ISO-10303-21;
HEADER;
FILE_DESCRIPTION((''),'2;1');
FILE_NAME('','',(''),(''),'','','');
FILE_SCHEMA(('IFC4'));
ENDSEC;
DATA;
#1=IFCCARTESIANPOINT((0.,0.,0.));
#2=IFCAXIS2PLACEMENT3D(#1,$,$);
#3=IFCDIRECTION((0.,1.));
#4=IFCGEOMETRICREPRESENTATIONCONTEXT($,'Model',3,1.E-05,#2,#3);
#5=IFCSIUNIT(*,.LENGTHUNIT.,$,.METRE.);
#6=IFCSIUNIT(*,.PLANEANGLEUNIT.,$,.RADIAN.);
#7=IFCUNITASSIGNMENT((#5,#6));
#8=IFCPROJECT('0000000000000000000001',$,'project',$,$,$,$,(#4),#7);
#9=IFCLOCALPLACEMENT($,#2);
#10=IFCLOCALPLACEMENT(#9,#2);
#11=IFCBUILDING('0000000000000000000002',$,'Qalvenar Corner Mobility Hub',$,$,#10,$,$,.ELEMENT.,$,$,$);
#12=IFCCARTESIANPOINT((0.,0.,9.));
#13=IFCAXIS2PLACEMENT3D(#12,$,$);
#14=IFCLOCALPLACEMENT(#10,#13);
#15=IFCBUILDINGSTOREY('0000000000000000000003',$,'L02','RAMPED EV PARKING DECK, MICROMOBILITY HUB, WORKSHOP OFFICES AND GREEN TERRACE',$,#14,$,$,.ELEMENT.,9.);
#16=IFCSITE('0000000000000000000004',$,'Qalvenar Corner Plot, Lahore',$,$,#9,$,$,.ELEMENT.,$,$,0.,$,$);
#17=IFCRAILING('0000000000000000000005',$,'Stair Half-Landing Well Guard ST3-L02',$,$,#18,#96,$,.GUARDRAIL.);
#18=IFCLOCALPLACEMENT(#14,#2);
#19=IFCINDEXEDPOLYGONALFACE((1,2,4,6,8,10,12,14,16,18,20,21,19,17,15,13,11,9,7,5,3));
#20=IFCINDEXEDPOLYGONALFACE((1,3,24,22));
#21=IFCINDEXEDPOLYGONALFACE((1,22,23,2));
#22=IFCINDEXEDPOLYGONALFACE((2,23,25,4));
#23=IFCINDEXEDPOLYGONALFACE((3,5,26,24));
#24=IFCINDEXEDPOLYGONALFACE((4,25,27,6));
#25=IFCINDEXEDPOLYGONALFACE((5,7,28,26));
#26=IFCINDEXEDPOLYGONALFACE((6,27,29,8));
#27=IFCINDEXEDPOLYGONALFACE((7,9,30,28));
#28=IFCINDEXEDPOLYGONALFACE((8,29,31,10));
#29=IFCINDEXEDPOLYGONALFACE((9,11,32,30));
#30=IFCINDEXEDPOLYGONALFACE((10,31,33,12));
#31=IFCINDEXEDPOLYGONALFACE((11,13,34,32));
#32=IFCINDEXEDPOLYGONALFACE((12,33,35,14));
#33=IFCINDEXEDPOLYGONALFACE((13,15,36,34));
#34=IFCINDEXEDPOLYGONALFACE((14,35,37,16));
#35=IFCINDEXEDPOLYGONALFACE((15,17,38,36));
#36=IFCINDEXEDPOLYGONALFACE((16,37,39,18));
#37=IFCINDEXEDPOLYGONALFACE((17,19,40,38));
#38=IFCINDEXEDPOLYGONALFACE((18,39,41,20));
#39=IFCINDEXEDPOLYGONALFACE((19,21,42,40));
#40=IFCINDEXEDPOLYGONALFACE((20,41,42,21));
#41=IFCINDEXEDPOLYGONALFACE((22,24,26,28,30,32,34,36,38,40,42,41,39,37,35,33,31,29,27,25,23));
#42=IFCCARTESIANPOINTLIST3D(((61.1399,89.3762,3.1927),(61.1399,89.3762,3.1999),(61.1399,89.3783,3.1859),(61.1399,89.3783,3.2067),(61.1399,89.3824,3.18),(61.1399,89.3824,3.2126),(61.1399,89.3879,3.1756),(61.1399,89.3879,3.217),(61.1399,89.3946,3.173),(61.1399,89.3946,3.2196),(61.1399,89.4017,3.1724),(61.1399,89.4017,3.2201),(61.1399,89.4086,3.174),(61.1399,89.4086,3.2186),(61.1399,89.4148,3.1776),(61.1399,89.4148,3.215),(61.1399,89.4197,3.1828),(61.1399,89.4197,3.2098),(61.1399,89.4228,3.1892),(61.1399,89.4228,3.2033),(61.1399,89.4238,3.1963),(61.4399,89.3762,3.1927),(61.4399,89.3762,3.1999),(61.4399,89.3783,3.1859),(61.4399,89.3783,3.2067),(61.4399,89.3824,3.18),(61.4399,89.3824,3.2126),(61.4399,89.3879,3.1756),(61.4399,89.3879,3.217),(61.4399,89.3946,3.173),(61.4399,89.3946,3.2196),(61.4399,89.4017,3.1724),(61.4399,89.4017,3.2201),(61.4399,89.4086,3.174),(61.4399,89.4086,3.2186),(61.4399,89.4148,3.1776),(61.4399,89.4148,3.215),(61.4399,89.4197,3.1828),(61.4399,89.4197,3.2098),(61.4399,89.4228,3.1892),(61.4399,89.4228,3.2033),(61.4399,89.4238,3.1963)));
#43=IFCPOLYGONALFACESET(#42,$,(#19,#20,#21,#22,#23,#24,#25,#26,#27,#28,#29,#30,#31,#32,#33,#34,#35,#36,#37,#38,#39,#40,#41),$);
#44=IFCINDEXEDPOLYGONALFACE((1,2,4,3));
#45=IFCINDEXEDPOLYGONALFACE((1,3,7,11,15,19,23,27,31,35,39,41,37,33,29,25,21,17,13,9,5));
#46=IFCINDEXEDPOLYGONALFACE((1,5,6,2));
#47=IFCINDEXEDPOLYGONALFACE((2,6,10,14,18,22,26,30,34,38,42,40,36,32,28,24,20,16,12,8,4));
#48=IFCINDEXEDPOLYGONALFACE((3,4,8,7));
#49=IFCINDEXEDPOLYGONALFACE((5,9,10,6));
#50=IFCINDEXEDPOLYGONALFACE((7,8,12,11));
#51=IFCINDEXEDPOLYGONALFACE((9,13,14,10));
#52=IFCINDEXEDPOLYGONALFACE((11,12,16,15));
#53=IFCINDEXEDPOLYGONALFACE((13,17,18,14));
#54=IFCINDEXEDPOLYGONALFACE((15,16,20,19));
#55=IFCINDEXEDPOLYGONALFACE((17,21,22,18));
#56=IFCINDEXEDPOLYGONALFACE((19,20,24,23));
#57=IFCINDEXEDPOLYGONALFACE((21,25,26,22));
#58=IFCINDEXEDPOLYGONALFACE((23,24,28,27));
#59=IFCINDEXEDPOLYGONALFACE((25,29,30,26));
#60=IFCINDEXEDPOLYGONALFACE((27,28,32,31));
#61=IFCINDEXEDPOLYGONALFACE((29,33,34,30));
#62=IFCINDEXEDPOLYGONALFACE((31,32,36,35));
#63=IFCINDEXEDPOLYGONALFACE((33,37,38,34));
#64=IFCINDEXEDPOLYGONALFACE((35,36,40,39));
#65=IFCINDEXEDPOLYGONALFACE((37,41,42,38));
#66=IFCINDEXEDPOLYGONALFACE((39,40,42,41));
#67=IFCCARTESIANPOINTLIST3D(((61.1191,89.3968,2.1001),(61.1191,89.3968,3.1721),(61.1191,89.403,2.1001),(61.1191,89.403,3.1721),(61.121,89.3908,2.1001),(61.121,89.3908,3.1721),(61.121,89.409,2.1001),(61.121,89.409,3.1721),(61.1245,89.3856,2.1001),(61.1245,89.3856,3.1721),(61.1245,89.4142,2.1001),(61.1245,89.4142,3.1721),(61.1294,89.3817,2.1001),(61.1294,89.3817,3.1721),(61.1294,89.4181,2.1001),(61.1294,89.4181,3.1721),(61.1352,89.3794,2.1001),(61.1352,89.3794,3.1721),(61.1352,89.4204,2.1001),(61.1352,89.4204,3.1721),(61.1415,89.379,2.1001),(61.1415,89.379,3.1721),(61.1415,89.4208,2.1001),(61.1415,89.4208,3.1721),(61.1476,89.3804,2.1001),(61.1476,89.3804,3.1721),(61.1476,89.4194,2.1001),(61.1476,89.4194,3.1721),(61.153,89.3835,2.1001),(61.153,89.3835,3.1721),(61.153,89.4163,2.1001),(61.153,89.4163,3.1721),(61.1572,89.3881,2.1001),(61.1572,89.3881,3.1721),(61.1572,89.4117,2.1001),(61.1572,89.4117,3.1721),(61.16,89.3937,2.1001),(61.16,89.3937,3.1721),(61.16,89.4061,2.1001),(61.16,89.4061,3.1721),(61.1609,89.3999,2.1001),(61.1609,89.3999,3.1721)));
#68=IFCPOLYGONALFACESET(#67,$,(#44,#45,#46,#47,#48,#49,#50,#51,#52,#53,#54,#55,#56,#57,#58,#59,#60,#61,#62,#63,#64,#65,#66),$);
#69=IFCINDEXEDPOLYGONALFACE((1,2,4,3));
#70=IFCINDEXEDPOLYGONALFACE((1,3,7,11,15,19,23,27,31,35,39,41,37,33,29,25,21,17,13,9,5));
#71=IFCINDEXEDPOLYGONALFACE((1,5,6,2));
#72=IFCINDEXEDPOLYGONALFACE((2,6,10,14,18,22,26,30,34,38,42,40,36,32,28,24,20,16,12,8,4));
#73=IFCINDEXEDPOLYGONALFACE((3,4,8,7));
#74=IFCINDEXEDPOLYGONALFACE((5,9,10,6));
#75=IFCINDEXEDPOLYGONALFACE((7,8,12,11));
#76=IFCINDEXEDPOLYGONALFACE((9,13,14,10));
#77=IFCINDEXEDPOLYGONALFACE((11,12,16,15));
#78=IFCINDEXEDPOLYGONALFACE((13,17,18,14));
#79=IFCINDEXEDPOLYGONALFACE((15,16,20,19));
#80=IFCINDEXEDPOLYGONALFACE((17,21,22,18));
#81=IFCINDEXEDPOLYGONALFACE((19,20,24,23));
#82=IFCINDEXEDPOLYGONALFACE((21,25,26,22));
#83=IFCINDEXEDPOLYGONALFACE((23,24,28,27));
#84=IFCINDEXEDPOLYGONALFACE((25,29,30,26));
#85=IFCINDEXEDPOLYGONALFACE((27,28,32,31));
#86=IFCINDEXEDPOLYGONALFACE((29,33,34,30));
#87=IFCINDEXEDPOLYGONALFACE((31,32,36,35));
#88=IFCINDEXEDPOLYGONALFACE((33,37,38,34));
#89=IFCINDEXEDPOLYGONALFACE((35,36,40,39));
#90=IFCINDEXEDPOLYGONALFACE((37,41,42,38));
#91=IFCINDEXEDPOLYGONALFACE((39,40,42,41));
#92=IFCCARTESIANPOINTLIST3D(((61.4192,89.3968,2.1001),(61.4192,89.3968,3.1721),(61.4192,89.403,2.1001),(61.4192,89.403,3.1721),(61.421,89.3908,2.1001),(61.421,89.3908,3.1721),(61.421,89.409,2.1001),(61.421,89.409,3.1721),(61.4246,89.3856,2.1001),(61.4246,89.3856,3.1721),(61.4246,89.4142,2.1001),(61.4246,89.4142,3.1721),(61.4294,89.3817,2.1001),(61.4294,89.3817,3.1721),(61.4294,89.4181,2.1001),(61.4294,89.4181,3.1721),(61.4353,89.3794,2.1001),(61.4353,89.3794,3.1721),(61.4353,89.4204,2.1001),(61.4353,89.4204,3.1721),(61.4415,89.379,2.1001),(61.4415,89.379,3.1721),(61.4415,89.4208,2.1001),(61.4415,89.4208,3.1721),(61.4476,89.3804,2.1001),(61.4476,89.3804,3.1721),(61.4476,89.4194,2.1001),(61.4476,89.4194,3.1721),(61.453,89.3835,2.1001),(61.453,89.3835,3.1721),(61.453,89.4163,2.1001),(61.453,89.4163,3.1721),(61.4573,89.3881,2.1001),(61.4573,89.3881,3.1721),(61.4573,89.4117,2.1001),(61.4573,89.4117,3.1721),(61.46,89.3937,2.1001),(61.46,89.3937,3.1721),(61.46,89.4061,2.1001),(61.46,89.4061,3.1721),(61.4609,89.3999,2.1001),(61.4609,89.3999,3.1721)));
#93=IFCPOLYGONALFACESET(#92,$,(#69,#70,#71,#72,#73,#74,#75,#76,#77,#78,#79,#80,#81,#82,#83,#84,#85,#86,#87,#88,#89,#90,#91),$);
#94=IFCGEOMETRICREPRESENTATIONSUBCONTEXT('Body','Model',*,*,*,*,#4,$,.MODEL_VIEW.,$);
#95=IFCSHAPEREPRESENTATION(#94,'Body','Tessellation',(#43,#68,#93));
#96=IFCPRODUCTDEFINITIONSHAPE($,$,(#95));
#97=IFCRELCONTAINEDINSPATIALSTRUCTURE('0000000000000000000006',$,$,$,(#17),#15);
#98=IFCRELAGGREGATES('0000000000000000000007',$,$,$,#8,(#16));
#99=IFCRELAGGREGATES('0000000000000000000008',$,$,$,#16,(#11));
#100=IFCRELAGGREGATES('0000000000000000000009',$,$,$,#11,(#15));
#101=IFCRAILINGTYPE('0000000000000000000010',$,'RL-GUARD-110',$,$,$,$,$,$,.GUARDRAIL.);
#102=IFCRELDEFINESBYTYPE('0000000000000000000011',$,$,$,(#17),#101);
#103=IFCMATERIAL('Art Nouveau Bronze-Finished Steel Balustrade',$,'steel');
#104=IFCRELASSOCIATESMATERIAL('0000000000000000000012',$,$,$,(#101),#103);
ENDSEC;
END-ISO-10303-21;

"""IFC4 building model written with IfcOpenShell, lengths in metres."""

from ifc_helpers import new_model, si_unit, direction, frame, origin, origin_2d, place, context, subcontext, project, spatial, circle, extrude, material, type_object, element, save


model = new_model("IFC4")

# Units and contexts
model_context = context("Model", 3, precision=1e-05, world=origin(), true_north=direction((0.0, 1.0)))
body_context = subcontext(model_context, "Body", "Model", "MODEL_VIEW")
ifc_project = project(units=[si_unit("LENGTHUNIT", "METRE"), si_unit("PLANEANGLEUNIT", "RADIAN")], contexts=[model_context])

# Site, building, storey
site_placement = place(None, origin())
site = spatial("IfcSite", under=ifc_project, at=site_placement, Name="Qalvenar Corner Plot, Lahore", CompositionType="ELEMENT", RefElevation=0.0)
building_placement = place(site_placement, origin())
building = spatial("IfcBuilding", under=site, at=building_placement, Name="Qalvenar Corner Mobility Hub", CompositionType="ELEMENT")
storey_placement = place(building_placement, frame((0.0, 0.0, 9.0)))
storey = spatial("IfcBuildingStorey", under=building, at=storey_placement, Name="L02", Description="RAMPED EV PARKING DECK, MICROMOBILITY HUB, WORKSHOP OFFICES AND GREEN TERRACE", CompositionType="ELEMENT", Elevation=9.0)

# Railing
ifc_material_1 = material(Name="Art Nouveau Bronze-Finished Steel Balustrade", Category="steel")
railing_type_1 = type_object("IfcRailingType", Name="RL-GUARD-110", PredefinedType="GUARDRAIL", material=ifc_material_1)
for number, where, name in (
    (1, (61.1399, 89.3999, 2.1001), "Stair Half-Landing Well Guard ST3-L02"),
):
    element("IfcRailing", number, at=place(storey_placement, frame(where)), inside=storey, type_object=railing_type_1, Name=name, PredefinedType="GUARDRAIL", context=body_context, shape_type="SweptSolid", body=[
        extrude(circle(Radius=0.0239, at=origin_2d()), frame((0.0, 0.0, 1.0962), z_axis=(1.0, 0.0, 0.0), x_axis=(0.0, 1.0, 0.0)), (0.0, 0.0, 1.0), 0.3),
        extrude(circle(Radius=0.021, at=origin_2d()), origin(), (0.0, 0.0, 1.0), 1.072),
        extrude(circle(Radius=0.021, at=origin_2d()), frame((0.3, 0.0, 0.0)), (0.0, 0.0, 1.0), 1.072),
    ])

save(model, "model.ifc")
